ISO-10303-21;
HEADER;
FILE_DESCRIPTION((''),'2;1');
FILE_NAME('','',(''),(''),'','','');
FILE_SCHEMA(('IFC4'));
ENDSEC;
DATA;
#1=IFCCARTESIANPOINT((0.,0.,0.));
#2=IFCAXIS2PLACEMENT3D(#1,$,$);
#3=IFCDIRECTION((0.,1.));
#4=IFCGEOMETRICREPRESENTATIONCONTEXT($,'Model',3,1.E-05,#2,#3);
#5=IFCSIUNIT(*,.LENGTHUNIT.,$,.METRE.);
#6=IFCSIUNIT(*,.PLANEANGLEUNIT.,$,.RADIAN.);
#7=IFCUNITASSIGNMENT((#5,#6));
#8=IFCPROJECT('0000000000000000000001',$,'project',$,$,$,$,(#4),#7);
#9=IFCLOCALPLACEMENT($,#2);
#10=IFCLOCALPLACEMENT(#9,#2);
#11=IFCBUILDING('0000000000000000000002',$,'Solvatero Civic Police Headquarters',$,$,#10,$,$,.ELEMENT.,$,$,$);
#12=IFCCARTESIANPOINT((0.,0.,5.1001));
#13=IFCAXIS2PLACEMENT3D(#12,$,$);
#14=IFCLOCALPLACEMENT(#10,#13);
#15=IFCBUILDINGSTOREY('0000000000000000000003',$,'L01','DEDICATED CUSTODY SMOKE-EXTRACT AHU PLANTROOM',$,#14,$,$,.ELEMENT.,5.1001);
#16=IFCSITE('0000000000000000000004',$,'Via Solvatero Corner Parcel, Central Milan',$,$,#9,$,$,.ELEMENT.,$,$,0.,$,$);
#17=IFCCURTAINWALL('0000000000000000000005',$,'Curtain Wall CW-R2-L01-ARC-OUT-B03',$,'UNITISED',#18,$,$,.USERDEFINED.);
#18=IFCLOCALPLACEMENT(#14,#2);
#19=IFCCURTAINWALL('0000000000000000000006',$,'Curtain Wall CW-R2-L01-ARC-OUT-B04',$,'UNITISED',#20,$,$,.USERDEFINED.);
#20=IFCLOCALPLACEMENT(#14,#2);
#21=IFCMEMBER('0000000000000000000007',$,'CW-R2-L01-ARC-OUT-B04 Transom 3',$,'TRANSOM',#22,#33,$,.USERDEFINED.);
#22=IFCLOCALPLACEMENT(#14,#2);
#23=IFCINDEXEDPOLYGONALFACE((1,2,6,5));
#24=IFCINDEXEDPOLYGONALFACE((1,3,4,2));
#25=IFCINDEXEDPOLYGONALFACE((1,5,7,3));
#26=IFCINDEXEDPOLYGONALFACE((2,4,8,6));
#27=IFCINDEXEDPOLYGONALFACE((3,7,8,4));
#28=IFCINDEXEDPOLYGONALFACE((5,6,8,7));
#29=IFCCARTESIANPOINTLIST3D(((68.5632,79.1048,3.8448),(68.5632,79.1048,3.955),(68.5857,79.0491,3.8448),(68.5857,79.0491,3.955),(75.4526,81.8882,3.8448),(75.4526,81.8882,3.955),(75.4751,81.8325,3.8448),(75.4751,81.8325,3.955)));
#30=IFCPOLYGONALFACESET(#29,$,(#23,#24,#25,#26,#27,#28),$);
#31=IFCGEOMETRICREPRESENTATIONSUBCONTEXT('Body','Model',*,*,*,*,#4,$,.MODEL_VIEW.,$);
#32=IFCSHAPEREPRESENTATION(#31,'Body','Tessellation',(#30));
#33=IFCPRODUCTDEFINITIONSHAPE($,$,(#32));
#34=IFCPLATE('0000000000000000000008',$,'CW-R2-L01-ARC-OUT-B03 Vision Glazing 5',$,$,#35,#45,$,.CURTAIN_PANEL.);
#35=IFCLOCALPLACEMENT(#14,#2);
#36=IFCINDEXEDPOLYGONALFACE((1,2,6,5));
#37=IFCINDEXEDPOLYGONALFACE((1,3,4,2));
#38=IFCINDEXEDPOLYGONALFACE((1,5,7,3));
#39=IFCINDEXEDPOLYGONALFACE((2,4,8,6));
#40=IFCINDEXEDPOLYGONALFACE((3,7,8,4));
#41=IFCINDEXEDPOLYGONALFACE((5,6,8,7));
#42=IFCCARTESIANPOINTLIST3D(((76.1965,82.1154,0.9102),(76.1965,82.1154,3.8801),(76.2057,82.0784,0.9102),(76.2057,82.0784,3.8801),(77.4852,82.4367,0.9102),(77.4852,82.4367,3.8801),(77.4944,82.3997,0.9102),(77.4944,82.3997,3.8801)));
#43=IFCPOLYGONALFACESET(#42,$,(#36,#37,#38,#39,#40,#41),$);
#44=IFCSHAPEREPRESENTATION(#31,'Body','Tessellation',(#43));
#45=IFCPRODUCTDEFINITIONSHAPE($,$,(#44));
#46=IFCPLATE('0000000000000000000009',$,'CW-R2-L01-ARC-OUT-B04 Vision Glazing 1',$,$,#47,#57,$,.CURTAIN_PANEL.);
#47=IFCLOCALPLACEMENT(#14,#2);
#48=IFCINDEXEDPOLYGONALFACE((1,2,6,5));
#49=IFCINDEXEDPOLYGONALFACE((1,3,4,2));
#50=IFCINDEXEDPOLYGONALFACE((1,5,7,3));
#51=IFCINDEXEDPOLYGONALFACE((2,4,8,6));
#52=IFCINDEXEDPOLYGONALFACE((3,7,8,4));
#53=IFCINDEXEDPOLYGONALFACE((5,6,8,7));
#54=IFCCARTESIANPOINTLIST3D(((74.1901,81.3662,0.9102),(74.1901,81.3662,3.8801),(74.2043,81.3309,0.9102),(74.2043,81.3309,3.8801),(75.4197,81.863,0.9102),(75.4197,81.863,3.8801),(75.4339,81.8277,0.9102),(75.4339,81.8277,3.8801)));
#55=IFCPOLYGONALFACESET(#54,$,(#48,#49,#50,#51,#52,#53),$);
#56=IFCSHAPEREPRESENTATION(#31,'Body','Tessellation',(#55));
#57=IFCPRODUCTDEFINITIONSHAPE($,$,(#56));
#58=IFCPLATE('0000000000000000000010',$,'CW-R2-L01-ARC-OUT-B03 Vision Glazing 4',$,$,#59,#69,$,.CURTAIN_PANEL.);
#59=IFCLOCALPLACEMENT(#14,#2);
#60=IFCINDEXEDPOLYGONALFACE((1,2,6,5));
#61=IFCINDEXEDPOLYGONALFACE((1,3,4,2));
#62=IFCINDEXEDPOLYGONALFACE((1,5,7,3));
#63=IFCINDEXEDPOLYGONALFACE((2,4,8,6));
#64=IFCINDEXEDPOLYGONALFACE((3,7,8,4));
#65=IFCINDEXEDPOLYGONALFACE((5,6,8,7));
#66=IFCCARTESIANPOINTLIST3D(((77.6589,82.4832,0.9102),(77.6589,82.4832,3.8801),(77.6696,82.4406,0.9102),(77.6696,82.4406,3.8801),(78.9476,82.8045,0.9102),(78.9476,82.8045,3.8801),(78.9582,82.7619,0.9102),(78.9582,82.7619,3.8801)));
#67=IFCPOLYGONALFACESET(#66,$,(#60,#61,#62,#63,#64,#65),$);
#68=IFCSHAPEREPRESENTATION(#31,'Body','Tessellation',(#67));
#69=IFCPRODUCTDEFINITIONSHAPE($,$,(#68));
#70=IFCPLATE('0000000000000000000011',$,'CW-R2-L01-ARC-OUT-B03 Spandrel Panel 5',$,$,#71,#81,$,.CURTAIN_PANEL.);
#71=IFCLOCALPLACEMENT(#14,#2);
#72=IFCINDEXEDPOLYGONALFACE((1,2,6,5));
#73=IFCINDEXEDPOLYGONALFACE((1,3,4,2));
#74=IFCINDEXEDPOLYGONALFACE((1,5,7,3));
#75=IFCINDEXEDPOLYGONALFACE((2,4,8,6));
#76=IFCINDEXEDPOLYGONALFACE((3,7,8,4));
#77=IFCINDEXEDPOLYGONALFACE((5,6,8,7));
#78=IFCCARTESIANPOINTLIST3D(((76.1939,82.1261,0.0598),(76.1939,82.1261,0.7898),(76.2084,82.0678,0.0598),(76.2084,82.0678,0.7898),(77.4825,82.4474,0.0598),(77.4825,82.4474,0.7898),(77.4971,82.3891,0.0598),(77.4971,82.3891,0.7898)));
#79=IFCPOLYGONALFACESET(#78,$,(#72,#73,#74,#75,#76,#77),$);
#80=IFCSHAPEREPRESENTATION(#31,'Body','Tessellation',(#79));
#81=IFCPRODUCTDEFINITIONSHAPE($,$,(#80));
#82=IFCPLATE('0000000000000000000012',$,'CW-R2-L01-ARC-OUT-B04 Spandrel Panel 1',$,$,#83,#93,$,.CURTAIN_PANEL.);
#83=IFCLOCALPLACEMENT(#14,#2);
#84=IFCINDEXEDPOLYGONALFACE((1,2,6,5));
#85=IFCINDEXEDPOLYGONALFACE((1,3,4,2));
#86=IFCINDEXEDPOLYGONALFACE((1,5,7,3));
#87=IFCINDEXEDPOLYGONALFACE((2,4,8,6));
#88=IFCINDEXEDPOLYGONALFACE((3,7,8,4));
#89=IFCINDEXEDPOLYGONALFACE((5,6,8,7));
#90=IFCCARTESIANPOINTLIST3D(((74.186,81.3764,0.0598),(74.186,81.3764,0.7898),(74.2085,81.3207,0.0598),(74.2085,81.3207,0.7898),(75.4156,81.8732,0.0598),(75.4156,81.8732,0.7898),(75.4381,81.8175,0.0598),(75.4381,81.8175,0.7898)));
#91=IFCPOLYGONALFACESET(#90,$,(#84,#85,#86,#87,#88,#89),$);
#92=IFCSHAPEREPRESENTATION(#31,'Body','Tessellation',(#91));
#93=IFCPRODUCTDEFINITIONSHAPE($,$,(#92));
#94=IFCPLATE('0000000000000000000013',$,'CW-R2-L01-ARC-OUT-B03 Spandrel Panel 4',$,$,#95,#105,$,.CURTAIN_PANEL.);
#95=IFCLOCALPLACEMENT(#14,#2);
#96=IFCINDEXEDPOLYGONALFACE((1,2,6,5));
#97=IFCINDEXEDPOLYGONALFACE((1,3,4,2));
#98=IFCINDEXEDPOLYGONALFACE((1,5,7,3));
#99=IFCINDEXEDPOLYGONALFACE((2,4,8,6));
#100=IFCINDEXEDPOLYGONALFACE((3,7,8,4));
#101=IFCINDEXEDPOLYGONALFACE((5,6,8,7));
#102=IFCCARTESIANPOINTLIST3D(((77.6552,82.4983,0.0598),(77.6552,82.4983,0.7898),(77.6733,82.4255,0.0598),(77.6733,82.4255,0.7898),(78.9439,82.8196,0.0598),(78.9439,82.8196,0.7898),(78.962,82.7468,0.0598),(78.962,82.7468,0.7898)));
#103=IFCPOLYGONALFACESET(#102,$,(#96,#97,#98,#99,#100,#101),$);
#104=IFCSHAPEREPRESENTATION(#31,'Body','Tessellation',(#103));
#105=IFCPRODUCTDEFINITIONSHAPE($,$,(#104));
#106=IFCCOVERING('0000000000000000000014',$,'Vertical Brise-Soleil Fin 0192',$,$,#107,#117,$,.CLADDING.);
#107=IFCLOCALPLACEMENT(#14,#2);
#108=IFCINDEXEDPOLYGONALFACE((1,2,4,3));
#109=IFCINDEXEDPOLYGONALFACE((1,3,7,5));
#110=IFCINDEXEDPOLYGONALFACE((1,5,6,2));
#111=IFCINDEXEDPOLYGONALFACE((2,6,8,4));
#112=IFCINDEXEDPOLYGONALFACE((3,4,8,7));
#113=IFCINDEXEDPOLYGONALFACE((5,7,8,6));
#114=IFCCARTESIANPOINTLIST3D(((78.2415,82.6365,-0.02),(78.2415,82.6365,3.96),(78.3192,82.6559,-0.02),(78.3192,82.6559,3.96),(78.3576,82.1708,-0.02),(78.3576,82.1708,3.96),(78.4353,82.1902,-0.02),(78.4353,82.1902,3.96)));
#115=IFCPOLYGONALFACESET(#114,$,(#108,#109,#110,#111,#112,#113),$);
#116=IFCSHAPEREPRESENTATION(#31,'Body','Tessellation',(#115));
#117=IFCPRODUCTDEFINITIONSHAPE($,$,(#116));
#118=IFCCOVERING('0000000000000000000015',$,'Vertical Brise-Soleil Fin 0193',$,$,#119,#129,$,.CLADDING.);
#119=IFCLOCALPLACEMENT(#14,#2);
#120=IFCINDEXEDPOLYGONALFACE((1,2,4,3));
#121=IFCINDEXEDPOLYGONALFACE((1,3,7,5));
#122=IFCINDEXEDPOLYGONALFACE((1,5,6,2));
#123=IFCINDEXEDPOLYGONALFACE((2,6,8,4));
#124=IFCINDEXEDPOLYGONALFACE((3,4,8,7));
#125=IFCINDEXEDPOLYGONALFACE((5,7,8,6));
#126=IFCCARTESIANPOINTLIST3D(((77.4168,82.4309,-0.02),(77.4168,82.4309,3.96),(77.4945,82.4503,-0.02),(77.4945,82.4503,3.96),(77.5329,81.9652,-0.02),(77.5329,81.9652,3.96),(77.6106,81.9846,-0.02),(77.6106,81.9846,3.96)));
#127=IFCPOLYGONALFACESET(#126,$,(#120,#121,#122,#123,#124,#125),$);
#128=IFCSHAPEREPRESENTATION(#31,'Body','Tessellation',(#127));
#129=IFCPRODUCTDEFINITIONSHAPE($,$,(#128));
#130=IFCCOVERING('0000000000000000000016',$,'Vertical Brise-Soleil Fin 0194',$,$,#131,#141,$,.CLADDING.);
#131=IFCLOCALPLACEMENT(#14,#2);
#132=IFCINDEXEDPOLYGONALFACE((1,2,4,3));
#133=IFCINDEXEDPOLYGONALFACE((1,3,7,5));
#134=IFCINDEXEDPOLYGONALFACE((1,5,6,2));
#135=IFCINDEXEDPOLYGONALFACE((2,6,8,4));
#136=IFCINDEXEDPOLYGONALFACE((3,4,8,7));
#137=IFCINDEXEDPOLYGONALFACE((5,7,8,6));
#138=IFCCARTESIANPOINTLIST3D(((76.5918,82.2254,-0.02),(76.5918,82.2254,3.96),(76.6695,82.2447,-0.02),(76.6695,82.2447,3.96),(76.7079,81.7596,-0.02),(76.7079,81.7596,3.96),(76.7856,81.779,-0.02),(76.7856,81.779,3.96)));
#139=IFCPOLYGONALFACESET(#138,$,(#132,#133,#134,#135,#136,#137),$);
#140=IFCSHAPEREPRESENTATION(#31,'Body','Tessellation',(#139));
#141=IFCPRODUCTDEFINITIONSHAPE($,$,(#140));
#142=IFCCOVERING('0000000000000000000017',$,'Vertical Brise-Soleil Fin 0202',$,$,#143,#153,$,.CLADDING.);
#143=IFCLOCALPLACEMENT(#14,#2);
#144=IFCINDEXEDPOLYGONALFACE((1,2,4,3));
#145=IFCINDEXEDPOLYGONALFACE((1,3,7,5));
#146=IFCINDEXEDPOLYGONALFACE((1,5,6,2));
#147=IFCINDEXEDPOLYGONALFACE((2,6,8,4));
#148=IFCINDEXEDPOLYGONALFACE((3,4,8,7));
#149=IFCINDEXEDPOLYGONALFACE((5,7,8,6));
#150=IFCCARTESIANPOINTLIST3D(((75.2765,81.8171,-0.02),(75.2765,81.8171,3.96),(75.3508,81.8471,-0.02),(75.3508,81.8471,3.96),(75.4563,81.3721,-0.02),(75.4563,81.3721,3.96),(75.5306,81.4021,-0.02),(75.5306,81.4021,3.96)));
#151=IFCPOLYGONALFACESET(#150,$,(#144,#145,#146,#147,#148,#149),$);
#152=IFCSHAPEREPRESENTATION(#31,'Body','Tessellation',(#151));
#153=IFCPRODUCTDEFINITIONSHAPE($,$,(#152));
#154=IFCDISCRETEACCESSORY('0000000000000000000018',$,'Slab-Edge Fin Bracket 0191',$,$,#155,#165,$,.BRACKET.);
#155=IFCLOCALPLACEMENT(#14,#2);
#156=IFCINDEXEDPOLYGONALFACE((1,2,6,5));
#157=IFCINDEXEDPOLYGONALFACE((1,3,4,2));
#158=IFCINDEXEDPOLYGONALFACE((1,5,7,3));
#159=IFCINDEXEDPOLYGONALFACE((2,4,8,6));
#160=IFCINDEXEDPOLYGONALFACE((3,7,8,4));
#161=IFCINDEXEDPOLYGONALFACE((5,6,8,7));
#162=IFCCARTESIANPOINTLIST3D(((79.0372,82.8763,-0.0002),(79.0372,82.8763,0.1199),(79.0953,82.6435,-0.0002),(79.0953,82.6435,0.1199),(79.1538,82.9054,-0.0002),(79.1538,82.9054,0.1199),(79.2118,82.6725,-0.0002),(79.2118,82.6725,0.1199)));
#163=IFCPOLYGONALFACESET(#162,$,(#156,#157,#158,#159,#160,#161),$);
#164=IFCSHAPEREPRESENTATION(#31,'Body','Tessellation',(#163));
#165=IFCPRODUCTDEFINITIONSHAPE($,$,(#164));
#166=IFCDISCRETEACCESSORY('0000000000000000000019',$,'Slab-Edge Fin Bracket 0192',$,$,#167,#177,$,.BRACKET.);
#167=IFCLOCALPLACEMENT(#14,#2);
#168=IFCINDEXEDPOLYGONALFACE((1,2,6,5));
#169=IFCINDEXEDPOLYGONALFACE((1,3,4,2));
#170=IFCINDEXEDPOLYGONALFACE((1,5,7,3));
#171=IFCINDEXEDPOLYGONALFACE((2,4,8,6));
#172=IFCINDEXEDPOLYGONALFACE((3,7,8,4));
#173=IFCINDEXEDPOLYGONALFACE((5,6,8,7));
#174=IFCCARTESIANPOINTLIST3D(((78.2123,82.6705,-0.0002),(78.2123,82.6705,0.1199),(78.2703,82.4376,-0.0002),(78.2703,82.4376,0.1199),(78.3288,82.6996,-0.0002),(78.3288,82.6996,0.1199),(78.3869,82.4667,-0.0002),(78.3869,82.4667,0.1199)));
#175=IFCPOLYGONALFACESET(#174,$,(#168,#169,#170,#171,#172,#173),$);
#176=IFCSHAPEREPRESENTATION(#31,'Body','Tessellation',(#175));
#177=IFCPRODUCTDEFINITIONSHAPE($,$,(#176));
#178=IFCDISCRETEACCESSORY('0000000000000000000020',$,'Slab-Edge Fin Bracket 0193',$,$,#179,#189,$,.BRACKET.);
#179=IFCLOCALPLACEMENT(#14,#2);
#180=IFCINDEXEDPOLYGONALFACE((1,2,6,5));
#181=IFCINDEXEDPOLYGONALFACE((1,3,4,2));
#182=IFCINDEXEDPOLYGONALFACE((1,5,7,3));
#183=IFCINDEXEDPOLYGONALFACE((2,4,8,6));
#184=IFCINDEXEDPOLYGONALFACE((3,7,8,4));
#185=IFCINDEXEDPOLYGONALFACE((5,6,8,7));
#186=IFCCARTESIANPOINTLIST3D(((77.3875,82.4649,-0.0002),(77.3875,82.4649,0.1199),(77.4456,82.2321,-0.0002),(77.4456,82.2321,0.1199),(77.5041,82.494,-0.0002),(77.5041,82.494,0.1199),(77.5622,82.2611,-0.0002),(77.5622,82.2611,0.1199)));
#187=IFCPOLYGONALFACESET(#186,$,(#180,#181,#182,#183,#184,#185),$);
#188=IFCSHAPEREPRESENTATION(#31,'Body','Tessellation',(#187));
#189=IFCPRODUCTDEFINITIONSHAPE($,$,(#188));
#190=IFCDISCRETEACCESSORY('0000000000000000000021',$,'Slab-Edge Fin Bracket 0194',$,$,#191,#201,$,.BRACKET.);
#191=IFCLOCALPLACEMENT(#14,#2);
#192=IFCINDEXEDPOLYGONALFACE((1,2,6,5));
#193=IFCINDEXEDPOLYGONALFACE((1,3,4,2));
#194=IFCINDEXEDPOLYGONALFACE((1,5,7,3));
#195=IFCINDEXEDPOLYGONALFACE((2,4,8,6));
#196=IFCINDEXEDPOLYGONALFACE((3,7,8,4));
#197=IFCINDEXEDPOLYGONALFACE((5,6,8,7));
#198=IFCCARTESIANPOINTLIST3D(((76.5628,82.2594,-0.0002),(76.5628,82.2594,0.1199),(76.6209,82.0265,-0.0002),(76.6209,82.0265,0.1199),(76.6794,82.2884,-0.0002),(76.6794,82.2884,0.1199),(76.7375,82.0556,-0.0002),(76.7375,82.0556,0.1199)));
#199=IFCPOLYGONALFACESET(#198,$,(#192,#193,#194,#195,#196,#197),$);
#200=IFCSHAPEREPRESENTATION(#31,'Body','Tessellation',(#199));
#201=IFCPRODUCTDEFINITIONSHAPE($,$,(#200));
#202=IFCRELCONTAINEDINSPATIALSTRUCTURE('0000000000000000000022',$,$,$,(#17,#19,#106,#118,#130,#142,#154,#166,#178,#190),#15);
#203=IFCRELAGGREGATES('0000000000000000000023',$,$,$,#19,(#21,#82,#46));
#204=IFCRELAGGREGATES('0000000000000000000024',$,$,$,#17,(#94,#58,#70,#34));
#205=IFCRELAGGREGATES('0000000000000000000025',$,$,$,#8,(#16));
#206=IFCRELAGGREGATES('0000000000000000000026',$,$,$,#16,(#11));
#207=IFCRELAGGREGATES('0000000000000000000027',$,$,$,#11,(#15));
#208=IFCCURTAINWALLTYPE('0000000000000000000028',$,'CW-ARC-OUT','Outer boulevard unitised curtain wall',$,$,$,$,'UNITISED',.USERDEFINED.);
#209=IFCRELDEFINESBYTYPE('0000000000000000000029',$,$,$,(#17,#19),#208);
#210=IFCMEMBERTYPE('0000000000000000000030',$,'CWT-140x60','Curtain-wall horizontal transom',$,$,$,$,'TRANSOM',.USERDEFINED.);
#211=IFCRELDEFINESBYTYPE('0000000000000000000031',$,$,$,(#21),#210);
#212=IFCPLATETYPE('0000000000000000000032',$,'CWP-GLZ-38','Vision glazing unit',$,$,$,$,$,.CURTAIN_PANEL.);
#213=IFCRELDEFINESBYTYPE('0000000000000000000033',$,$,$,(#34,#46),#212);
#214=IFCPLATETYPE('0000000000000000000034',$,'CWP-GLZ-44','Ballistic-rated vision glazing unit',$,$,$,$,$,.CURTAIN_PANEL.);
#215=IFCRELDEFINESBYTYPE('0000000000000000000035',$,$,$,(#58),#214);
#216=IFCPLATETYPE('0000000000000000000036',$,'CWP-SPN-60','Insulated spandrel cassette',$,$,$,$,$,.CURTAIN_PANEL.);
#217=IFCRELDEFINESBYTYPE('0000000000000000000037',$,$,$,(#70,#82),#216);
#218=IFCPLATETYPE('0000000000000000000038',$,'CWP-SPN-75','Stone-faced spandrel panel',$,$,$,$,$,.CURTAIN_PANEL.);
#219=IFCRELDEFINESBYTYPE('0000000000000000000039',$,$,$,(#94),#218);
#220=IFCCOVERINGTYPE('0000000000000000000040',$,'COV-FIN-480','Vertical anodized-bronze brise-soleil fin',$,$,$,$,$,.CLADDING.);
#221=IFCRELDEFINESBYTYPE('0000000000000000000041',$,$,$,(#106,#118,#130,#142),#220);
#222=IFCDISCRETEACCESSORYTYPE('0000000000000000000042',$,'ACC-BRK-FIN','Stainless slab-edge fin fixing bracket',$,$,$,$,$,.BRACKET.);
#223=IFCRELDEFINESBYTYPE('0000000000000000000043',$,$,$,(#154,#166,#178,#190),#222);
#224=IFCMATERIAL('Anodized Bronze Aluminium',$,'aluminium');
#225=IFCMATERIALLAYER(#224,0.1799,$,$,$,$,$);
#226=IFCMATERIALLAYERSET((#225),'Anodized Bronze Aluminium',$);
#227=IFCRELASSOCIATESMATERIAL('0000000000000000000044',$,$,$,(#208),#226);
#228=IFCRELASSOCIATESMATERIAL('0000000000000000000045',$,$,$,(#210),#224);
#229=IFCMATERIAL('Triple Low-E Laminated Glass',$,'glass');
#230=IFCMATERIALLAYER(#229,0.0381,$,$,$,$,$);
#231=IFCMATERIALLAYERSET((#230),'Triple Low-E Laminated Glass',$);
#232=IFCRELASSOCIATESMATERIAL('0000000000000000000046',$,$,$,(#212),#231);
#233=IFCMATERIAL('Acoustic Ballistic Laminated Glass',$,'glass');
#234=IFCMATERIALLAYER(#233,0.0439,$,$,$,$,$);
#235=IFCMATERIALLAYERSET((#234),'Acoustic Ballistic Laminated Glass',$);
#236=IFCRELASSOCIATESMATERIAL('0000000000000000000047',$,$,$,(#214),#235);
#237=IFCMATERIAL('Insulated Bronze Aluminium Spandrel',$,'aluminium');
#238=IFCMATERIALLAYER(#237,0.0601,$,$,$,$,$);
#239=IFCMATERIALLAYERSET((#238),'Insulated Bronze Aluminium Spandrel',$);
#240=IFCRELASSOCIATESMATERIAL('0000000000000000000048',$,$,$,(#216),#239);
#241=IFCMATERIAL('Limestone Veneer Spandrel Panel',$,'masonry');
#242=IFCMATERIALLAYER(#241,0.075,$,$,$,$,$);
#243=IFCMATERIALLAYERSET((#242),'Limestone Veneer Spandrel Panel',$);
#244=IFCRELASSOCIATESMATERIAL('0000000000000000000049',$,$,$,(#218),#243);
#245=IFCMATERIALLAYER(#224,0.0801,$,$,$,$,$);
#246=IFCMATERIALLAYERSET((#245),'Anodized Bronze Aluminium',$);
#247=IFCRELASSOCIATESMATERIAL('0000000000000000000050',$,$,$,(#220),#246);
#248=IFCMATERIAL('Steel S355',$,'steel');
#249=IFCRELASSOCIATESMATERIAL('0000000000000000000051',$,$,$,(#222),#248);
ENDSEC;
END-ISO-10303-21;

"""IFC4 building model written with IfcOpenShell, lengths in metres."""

from ifc_helpers import new_model, si_unit, direction, frame, origin, origin_2d, place, context, subcontext, project, spatial, rectangle, extrude, material, layer, layer_set, material_profile, profile_set, type_object, element, aggregate, save


model = new_model("IFC4")

# Units and contexts
model_context = context("Model", 3, precision=1e-05, world=origin(), true_north=direction((0.0, 1.0)))
body_context = subcontext(model_context, "Body", "Model", "MODEL_VIEW")
ifc_project = project(units=[si_unit("LENGTHUNIT", "METRE"), si_unit("PLANEANGLEUNIT", "RADIAN")], contexts=[model_context])

# Site, building, storey
site_placement = place(None, origin())
site = spatial("IfcSite", under=ifc_project, at=site_placement, Name="Via Solvatero Corner Parcel, Central Milan", CompositionType="ELEMENT", RefElevation=0.0)
building_placement = place(site_placement, origin())
building = spatial("IfcBuilding", under=site, at=building_placement, Name="Solvatero Civic Police Headquarters", CompositionType="ELEMENT")
storey_placement = place(building_placement, frame((0.0, 0.0, 5.1001)))
storey = spatial("IfcBuildingStorey", under=building, at=storey_placement, Name="L01", Description="DEDICATED CUSTODY SMOKE-EXTRACT AHU PLANTROOM", CompositionType="ELEMENT", Elevation=5.1001)

# Shared definitions
ifc_material_1 = material(Name="Steel S355", Category="steel")

# Curtain walls, member
ifc_material_2 = material(Name="Anodized Bronze Aluminium", Category="aluminium")
ifc_layer_1 = layer(ifc_material_2, 0.1799)
ifc_layer_set_1 = layer_set([ifc_layer_1], Name="Anodized Bronze Aluminium")
curtain_wall_type = type_object("IfcCurtainWallType", Name="CW-ARC-OUT", Description="Outer boulevard unitised curtain wall", ElementType="UNITISED", PredefinedType="USERDEFINED", material=ifc_layer_set_1)
curtain_wall_1_placement = place(storey_placement, origin())
curtain_wall_1 = element("IfcCurtainWall", 1, at=curtain_wall_1_placement, inside=storey, type_object=curtain_wall_type, Name="Curtain Wall CW-R2-L01-ARC-OUT-B03", ObjectType="UNITISED", PredefinedType="USERDEFINED")
curtain_wall_2_placement = place(storey_placement, origin())
curtain_wall_2 = element("IfcCurtainWall", 2, at=curtain_wall_2_placement, inside=storey, type_object=curtain_wall_type, Name="Curtain Wall CW-R2-L01-ARC-OUT-B04", ObjectType="UNITISED", PredefinedType="USERDEFINED")
ifc_material_profile_1 = material_profile(ifc_material_2, rectangle(XDim=0.0601, YDim=0.1101, at=origin_2d()), Name="ALU TRANSOM 60x110")
ifc_profile_set_1 = profile_set([ifc_material_profile_1], Name="Anodized Bronze Aluminium")
member_type_1 = type_object("IfcMemberType", Name="CWT-140x60", Description="Curtain-wall horizontal transom", ElementType="TRANSOM", PredefinedType="USERDEFINED", material=ifc_profile_set_1)
member_1_placement = place(storey_placement, frame((75.4639, 81.8604, 3.8999), z_axis=(-0.927186, -0.3746, 0.0), x_axis=(0.3746, -0.927186, 0.0)))
member_1 = element("IfcMember", 3, at=member_1_placement, type_object=member_type_1, Name="CW-R2-L01-ARC-OUT-B04 Transom 3", ObjectType="TRANSOM", PredefinedType="USERDEFINED", context=body_context, shape_type="SweptSolid", body=[
    extrude(rectangle(XDim=0.0601, YDim=0.1101, at=origin_2d()), origin(), (0.0, 0.0, 1.0), 7.4304),
])

# Plates
ifc_material_3 = material(Name="Triple Low-E Laminated Glass", Category="glass")
ifc_layer_2 = layer(ifc_material_3, 0.0381)
ifc_layer_set_2 = layer_set([ifc_layer_2], Name="Triple Low-E Laminated Glass")
plate_type_1 = type_object("IfcPlateType", Name="CWP-GLZ-38", Description="Vision glazing unit", PredefinedType="CURTAIN_PANEL", material=ifc_layer_set_2)
plate_1_placement = place(storey_placement, frame((76.8455, 82.2576, 0.9102), z_axis=(0.0, 0.0, 1.0), x_axis=(-0.970296, -0.241922, 0.0)))
plate_1 = element("IfcPlate", 4, at=plate_1_placement, type_object=plate_type_1, Name="CW-R2-L01-ARC-OUT-B03 Vision Glazing 5", PredefinedType="CURTAIN_PANEL", context=body_context, shape_type="SweptSolid", body=[
    extrude(rectangle(XDim=1.3281, YDim=0.0381, at=origin_2d()), origin(), (0.0, 0.0, 1.0), 2.97),
])
plate_2_placement = place(storey_placement, frame((74.812, 81.5969, 0.9102), z_axis=(0.0, 0.0, 1.0), x_axis=(-0.927184, -0.374607, 0.0)))
plate_2 = element("IfcPlate", 5, at=plate_2_placement, type_object=plate_type_1, Name="CW-R2-L01-ARC-OUT-B04 Vision Glazing 1", PredefinedType="CURTAIN_PANEL", context=body_context, shape_type="SweptSolid", body=[
    extrude(rectangle(XDim=1.3262, YDim=0.0381, at=origin_2d()), origin(), (0.0, 0.0, 1.0), 2.97),
])
ifc_material_4 = material(Name="Acoustic Ballistic Laminated Glass", Category="glass")
ifc_layer_3 = layer(ifc_material_4, 0.0439)
ifc_layer_set_3 = layer_set([ifc_layer_3], Name="Acoustic Ballistic Laminated Glass")
plate_type_2 = type_object("IfcPlateType", Name="CWP-GLZ-44", Description="Ballistic-rated vision glazing unit", PredefinedType="CURTAIN_PANEL", material=ifc_layer_set_3)
plate_3_placement = place(storey_placement, frame((78.3086, 82.6226, 0.9102), z_axis=(0.0, 0.0, 1.0), x_axis=(-0.970296, -0.241922, 0.0)))
plate_3 = element("IfcPlate", 6, at=plate_3_placement, type_object=plate_type_2, Name="CW-R2-L01-ARC-OUT-B03 Vision Glazing 4", PredefinedType="CURTAIN_PANEL", context=body_context, shape_type="SweptSolid", body=[
    extrude(rectangle(XDim=1.3281, YDim=0.0439, at=origin_2d()), origin(), (0.0, 0.0, 1.0), 2.97),
])
ifc_material_5 = material(Name="Insulated Bronze Aluminium Spandrel", Category="aluminium")
ifc_layer_4 = layer(ifc_material_5, 0.0601)
ifc_layer_set_4 = layer_set([ifc_layer_4], Name="Insulated Bronze Aluminium Spandrel")
plate_type_3 = type_object("IfcPlateType", Name="CWP-SPN-60", Description="Insulated spandrel cassette", PredefinedType="CURTAIN_PANEL", material=ifc_layer_set_4)
plate_4_placement = place(storey_placement, frame((76.8455, 82.2576, 0.0598), z_axis=(0.0, 0.0, 1.0), x_axis=(-0.970296, -0.241922, 0.0)))
plate_4 = element("IfcPlate", 7, at=plate_4_placement, type_object=plate_type_3, Name="CW-R2-L01-ARC-OUT-B03 Spandrel Panel 5", PredefinedType="CURTAIN_PANEL", context=body_context, shape_type="SweptSolid", body=[
    extrude(rectangle(XDim=1.3281, YDim=0.0601, at=origin_2d()), origin(), (0.0, 0.0, 1.0), 0.73),
])
plate_5_placement = place(storey_placement, frame((74.812, 81.5969, 0.0598), z_axis=(0.0, 0.0, 1.0), x_axis=(-0.927184, -0.374607, 0.0)))
plate_5 = element("IfcPlate", 8, at=plate_5_placement, type_object=plate_type_3, Name="CW-R2-L01-ARC-OUT-B04 Spandrel Panel 1", PredefinedType="CURTAIN_PANEL", context=body_context, shape_type="SweptSolid", body=[
    extrude(rectangle(XDim=1.3262, YDim=0.0601, at=origin_2d()), origin(), (0.0, 0.0, 1.0), 0.73),
])
aggregate(curtain_wall_2, [member_1, plate_5, plate_2])
ifc_material_6 = material(Name="Limestone Veneer Spandrel Panel", Category="masonry")
ifc_layer_5 = layer(ifc_material_6, 0.075)
ifc_layer_set_5 = layer_set([ifc_layer_5], Name="Limestone Veneer Spandrel Panel")
plate_type_4 = type_object("IfcPlateType", Name="CWP-SPN-75", Description="Stone-faced spandrel panel", PredefinedType="CURTAIN_PANEL", material=ifc_layer_set_5)
plate_6_placement = place(storey_placement, frame((78.3086, 82.6226, 0.0598), z_axis=(0.0, 0.0, 1.0), x_axis=(-0.970296, -0.241922, 0.0)))
plate_6 = element("IfcPlate", 9, at=plate_6_placement, type_object=plate_type_4, Name="CW-R2-L01-ARC-OUT-B03 Spandrel Panel 4", PredefinedType="CURTAIN_PANEL", context=body_context, shape_type="SweptSolid", body=[
    extrude(rectangle(XDim=1.3281, YDim=0.075, at=origin_2d()), origin(), (0.0, 0.0, 1.0), 0.73),
])
aggregate(curtain_wall_1, [plate_6, plate_3, plate_4, plate_1])

# Coverings
ifc_layer_6 = layer(ifc_material_2, 0.0801)
ifc_layer_set_6 = layer_set([ifc_layer_6], Name="Anodized Bronze Aluminium")
covering_type = type_object("IfcCoveringType", Name="COV-FIN-480", Description="Vertical anodized-bronze brise-soleil fin", PredefinedType="CLADDING", material=ifc_layer_set_6)
for number, where, z_axis, x_axis, name in (
    (10, (78.3384, 82.4133, -0.02), (0.0, 0.0, 1.0), (-0.970296, -0.241922, 0.0), "Vertical Brise-Soleil Fin 0192"),
    (11, (77.5137, 82.2078, -0.02), (0.0, 0.0, 1.0), (-0.970296, -0.241922, 0.0), "Vertical Brise-Soleil Fin 0193"),
    (12, (76.6887, 82.0022, -0.02), (0.0, 0.0, 1.0), (-0.970296, -0.241922, 0.0), "Vertical Brise-Soleil Fin 0194"),
    (13, (75.4036, 81.6096, -0.02), (0.0, 0.0, 1.0), (-0.927184, -0.374607, 0.0), "Vertical Brise-Soleil Fin 0202"),
):
    element("IfcCovering", number, at=place(storey_placement, frame(where, z_axis=z_axis, x_axis=x_axis)), inside=storey, type_object=covering_type, Name=name, PredefinedType="CLADDING", context=body_context, shape_type="SweptSolid", body=[
        extrude(rectangle(XDim=0.0801, YDim=0.48, at=origin_2d()), origin(), (0.0, 0.0, 1.0), 3.98),
    ])

# Discrete accessories
discrete_accessory_type = type_object("IfcDiscreteAccessoryType", Name="ACC-BRK-FIN", Description="Stainless slab-edge fin fixing bracket", PredefinedType="BRACKET", material=ifc_material_1)
for number, where, z_axis, x_axis, name in (
    (14, (79.1245, 82.7744, -0.0002), (0.0, 0.0, 1.0), (-0.970296, -0.241922, 0.0), "Slab-Edge Fin Bracket 0191"),
    (15, (78.2996, 82.5686, -0.0002), (0.0, 0.0, 1.0), (-0.970296, -0.241922, 0.0), "Slab-Edge Fin Bracket 0192"),
    (16, (77.4749, 82.363, -0.0002), (0.0, 0.0, 1.0), (-0.970296, -0.241922, 0.0), "Slab-Edge Fin Bracket 0193"),
    (17, (76.6501, 82.1575, -0.0002), (0.0, 0.0, 1.0), (-0.970296, -0.241922, 0.0), "Slab-Edge Fin Bracket 0194"),
):
    element("IfcDiscreteAccessory", number, at=place(storey_placement, frame(where, z_axis=z_axis, x_axis=x_axis)), inside=storey, type_object=discrete_accessory_type, Name=name, PredefinedType="BRACKET", context=body_context, shape_type="SweptSolid", body=[
        extrude(rectangle(XDim=0.1201, YDim=0.24, at=origin_2d()), origin(), (0.0, 0.0, 1.0), 0.1201),
    ])

save(model, "model.ifc")
